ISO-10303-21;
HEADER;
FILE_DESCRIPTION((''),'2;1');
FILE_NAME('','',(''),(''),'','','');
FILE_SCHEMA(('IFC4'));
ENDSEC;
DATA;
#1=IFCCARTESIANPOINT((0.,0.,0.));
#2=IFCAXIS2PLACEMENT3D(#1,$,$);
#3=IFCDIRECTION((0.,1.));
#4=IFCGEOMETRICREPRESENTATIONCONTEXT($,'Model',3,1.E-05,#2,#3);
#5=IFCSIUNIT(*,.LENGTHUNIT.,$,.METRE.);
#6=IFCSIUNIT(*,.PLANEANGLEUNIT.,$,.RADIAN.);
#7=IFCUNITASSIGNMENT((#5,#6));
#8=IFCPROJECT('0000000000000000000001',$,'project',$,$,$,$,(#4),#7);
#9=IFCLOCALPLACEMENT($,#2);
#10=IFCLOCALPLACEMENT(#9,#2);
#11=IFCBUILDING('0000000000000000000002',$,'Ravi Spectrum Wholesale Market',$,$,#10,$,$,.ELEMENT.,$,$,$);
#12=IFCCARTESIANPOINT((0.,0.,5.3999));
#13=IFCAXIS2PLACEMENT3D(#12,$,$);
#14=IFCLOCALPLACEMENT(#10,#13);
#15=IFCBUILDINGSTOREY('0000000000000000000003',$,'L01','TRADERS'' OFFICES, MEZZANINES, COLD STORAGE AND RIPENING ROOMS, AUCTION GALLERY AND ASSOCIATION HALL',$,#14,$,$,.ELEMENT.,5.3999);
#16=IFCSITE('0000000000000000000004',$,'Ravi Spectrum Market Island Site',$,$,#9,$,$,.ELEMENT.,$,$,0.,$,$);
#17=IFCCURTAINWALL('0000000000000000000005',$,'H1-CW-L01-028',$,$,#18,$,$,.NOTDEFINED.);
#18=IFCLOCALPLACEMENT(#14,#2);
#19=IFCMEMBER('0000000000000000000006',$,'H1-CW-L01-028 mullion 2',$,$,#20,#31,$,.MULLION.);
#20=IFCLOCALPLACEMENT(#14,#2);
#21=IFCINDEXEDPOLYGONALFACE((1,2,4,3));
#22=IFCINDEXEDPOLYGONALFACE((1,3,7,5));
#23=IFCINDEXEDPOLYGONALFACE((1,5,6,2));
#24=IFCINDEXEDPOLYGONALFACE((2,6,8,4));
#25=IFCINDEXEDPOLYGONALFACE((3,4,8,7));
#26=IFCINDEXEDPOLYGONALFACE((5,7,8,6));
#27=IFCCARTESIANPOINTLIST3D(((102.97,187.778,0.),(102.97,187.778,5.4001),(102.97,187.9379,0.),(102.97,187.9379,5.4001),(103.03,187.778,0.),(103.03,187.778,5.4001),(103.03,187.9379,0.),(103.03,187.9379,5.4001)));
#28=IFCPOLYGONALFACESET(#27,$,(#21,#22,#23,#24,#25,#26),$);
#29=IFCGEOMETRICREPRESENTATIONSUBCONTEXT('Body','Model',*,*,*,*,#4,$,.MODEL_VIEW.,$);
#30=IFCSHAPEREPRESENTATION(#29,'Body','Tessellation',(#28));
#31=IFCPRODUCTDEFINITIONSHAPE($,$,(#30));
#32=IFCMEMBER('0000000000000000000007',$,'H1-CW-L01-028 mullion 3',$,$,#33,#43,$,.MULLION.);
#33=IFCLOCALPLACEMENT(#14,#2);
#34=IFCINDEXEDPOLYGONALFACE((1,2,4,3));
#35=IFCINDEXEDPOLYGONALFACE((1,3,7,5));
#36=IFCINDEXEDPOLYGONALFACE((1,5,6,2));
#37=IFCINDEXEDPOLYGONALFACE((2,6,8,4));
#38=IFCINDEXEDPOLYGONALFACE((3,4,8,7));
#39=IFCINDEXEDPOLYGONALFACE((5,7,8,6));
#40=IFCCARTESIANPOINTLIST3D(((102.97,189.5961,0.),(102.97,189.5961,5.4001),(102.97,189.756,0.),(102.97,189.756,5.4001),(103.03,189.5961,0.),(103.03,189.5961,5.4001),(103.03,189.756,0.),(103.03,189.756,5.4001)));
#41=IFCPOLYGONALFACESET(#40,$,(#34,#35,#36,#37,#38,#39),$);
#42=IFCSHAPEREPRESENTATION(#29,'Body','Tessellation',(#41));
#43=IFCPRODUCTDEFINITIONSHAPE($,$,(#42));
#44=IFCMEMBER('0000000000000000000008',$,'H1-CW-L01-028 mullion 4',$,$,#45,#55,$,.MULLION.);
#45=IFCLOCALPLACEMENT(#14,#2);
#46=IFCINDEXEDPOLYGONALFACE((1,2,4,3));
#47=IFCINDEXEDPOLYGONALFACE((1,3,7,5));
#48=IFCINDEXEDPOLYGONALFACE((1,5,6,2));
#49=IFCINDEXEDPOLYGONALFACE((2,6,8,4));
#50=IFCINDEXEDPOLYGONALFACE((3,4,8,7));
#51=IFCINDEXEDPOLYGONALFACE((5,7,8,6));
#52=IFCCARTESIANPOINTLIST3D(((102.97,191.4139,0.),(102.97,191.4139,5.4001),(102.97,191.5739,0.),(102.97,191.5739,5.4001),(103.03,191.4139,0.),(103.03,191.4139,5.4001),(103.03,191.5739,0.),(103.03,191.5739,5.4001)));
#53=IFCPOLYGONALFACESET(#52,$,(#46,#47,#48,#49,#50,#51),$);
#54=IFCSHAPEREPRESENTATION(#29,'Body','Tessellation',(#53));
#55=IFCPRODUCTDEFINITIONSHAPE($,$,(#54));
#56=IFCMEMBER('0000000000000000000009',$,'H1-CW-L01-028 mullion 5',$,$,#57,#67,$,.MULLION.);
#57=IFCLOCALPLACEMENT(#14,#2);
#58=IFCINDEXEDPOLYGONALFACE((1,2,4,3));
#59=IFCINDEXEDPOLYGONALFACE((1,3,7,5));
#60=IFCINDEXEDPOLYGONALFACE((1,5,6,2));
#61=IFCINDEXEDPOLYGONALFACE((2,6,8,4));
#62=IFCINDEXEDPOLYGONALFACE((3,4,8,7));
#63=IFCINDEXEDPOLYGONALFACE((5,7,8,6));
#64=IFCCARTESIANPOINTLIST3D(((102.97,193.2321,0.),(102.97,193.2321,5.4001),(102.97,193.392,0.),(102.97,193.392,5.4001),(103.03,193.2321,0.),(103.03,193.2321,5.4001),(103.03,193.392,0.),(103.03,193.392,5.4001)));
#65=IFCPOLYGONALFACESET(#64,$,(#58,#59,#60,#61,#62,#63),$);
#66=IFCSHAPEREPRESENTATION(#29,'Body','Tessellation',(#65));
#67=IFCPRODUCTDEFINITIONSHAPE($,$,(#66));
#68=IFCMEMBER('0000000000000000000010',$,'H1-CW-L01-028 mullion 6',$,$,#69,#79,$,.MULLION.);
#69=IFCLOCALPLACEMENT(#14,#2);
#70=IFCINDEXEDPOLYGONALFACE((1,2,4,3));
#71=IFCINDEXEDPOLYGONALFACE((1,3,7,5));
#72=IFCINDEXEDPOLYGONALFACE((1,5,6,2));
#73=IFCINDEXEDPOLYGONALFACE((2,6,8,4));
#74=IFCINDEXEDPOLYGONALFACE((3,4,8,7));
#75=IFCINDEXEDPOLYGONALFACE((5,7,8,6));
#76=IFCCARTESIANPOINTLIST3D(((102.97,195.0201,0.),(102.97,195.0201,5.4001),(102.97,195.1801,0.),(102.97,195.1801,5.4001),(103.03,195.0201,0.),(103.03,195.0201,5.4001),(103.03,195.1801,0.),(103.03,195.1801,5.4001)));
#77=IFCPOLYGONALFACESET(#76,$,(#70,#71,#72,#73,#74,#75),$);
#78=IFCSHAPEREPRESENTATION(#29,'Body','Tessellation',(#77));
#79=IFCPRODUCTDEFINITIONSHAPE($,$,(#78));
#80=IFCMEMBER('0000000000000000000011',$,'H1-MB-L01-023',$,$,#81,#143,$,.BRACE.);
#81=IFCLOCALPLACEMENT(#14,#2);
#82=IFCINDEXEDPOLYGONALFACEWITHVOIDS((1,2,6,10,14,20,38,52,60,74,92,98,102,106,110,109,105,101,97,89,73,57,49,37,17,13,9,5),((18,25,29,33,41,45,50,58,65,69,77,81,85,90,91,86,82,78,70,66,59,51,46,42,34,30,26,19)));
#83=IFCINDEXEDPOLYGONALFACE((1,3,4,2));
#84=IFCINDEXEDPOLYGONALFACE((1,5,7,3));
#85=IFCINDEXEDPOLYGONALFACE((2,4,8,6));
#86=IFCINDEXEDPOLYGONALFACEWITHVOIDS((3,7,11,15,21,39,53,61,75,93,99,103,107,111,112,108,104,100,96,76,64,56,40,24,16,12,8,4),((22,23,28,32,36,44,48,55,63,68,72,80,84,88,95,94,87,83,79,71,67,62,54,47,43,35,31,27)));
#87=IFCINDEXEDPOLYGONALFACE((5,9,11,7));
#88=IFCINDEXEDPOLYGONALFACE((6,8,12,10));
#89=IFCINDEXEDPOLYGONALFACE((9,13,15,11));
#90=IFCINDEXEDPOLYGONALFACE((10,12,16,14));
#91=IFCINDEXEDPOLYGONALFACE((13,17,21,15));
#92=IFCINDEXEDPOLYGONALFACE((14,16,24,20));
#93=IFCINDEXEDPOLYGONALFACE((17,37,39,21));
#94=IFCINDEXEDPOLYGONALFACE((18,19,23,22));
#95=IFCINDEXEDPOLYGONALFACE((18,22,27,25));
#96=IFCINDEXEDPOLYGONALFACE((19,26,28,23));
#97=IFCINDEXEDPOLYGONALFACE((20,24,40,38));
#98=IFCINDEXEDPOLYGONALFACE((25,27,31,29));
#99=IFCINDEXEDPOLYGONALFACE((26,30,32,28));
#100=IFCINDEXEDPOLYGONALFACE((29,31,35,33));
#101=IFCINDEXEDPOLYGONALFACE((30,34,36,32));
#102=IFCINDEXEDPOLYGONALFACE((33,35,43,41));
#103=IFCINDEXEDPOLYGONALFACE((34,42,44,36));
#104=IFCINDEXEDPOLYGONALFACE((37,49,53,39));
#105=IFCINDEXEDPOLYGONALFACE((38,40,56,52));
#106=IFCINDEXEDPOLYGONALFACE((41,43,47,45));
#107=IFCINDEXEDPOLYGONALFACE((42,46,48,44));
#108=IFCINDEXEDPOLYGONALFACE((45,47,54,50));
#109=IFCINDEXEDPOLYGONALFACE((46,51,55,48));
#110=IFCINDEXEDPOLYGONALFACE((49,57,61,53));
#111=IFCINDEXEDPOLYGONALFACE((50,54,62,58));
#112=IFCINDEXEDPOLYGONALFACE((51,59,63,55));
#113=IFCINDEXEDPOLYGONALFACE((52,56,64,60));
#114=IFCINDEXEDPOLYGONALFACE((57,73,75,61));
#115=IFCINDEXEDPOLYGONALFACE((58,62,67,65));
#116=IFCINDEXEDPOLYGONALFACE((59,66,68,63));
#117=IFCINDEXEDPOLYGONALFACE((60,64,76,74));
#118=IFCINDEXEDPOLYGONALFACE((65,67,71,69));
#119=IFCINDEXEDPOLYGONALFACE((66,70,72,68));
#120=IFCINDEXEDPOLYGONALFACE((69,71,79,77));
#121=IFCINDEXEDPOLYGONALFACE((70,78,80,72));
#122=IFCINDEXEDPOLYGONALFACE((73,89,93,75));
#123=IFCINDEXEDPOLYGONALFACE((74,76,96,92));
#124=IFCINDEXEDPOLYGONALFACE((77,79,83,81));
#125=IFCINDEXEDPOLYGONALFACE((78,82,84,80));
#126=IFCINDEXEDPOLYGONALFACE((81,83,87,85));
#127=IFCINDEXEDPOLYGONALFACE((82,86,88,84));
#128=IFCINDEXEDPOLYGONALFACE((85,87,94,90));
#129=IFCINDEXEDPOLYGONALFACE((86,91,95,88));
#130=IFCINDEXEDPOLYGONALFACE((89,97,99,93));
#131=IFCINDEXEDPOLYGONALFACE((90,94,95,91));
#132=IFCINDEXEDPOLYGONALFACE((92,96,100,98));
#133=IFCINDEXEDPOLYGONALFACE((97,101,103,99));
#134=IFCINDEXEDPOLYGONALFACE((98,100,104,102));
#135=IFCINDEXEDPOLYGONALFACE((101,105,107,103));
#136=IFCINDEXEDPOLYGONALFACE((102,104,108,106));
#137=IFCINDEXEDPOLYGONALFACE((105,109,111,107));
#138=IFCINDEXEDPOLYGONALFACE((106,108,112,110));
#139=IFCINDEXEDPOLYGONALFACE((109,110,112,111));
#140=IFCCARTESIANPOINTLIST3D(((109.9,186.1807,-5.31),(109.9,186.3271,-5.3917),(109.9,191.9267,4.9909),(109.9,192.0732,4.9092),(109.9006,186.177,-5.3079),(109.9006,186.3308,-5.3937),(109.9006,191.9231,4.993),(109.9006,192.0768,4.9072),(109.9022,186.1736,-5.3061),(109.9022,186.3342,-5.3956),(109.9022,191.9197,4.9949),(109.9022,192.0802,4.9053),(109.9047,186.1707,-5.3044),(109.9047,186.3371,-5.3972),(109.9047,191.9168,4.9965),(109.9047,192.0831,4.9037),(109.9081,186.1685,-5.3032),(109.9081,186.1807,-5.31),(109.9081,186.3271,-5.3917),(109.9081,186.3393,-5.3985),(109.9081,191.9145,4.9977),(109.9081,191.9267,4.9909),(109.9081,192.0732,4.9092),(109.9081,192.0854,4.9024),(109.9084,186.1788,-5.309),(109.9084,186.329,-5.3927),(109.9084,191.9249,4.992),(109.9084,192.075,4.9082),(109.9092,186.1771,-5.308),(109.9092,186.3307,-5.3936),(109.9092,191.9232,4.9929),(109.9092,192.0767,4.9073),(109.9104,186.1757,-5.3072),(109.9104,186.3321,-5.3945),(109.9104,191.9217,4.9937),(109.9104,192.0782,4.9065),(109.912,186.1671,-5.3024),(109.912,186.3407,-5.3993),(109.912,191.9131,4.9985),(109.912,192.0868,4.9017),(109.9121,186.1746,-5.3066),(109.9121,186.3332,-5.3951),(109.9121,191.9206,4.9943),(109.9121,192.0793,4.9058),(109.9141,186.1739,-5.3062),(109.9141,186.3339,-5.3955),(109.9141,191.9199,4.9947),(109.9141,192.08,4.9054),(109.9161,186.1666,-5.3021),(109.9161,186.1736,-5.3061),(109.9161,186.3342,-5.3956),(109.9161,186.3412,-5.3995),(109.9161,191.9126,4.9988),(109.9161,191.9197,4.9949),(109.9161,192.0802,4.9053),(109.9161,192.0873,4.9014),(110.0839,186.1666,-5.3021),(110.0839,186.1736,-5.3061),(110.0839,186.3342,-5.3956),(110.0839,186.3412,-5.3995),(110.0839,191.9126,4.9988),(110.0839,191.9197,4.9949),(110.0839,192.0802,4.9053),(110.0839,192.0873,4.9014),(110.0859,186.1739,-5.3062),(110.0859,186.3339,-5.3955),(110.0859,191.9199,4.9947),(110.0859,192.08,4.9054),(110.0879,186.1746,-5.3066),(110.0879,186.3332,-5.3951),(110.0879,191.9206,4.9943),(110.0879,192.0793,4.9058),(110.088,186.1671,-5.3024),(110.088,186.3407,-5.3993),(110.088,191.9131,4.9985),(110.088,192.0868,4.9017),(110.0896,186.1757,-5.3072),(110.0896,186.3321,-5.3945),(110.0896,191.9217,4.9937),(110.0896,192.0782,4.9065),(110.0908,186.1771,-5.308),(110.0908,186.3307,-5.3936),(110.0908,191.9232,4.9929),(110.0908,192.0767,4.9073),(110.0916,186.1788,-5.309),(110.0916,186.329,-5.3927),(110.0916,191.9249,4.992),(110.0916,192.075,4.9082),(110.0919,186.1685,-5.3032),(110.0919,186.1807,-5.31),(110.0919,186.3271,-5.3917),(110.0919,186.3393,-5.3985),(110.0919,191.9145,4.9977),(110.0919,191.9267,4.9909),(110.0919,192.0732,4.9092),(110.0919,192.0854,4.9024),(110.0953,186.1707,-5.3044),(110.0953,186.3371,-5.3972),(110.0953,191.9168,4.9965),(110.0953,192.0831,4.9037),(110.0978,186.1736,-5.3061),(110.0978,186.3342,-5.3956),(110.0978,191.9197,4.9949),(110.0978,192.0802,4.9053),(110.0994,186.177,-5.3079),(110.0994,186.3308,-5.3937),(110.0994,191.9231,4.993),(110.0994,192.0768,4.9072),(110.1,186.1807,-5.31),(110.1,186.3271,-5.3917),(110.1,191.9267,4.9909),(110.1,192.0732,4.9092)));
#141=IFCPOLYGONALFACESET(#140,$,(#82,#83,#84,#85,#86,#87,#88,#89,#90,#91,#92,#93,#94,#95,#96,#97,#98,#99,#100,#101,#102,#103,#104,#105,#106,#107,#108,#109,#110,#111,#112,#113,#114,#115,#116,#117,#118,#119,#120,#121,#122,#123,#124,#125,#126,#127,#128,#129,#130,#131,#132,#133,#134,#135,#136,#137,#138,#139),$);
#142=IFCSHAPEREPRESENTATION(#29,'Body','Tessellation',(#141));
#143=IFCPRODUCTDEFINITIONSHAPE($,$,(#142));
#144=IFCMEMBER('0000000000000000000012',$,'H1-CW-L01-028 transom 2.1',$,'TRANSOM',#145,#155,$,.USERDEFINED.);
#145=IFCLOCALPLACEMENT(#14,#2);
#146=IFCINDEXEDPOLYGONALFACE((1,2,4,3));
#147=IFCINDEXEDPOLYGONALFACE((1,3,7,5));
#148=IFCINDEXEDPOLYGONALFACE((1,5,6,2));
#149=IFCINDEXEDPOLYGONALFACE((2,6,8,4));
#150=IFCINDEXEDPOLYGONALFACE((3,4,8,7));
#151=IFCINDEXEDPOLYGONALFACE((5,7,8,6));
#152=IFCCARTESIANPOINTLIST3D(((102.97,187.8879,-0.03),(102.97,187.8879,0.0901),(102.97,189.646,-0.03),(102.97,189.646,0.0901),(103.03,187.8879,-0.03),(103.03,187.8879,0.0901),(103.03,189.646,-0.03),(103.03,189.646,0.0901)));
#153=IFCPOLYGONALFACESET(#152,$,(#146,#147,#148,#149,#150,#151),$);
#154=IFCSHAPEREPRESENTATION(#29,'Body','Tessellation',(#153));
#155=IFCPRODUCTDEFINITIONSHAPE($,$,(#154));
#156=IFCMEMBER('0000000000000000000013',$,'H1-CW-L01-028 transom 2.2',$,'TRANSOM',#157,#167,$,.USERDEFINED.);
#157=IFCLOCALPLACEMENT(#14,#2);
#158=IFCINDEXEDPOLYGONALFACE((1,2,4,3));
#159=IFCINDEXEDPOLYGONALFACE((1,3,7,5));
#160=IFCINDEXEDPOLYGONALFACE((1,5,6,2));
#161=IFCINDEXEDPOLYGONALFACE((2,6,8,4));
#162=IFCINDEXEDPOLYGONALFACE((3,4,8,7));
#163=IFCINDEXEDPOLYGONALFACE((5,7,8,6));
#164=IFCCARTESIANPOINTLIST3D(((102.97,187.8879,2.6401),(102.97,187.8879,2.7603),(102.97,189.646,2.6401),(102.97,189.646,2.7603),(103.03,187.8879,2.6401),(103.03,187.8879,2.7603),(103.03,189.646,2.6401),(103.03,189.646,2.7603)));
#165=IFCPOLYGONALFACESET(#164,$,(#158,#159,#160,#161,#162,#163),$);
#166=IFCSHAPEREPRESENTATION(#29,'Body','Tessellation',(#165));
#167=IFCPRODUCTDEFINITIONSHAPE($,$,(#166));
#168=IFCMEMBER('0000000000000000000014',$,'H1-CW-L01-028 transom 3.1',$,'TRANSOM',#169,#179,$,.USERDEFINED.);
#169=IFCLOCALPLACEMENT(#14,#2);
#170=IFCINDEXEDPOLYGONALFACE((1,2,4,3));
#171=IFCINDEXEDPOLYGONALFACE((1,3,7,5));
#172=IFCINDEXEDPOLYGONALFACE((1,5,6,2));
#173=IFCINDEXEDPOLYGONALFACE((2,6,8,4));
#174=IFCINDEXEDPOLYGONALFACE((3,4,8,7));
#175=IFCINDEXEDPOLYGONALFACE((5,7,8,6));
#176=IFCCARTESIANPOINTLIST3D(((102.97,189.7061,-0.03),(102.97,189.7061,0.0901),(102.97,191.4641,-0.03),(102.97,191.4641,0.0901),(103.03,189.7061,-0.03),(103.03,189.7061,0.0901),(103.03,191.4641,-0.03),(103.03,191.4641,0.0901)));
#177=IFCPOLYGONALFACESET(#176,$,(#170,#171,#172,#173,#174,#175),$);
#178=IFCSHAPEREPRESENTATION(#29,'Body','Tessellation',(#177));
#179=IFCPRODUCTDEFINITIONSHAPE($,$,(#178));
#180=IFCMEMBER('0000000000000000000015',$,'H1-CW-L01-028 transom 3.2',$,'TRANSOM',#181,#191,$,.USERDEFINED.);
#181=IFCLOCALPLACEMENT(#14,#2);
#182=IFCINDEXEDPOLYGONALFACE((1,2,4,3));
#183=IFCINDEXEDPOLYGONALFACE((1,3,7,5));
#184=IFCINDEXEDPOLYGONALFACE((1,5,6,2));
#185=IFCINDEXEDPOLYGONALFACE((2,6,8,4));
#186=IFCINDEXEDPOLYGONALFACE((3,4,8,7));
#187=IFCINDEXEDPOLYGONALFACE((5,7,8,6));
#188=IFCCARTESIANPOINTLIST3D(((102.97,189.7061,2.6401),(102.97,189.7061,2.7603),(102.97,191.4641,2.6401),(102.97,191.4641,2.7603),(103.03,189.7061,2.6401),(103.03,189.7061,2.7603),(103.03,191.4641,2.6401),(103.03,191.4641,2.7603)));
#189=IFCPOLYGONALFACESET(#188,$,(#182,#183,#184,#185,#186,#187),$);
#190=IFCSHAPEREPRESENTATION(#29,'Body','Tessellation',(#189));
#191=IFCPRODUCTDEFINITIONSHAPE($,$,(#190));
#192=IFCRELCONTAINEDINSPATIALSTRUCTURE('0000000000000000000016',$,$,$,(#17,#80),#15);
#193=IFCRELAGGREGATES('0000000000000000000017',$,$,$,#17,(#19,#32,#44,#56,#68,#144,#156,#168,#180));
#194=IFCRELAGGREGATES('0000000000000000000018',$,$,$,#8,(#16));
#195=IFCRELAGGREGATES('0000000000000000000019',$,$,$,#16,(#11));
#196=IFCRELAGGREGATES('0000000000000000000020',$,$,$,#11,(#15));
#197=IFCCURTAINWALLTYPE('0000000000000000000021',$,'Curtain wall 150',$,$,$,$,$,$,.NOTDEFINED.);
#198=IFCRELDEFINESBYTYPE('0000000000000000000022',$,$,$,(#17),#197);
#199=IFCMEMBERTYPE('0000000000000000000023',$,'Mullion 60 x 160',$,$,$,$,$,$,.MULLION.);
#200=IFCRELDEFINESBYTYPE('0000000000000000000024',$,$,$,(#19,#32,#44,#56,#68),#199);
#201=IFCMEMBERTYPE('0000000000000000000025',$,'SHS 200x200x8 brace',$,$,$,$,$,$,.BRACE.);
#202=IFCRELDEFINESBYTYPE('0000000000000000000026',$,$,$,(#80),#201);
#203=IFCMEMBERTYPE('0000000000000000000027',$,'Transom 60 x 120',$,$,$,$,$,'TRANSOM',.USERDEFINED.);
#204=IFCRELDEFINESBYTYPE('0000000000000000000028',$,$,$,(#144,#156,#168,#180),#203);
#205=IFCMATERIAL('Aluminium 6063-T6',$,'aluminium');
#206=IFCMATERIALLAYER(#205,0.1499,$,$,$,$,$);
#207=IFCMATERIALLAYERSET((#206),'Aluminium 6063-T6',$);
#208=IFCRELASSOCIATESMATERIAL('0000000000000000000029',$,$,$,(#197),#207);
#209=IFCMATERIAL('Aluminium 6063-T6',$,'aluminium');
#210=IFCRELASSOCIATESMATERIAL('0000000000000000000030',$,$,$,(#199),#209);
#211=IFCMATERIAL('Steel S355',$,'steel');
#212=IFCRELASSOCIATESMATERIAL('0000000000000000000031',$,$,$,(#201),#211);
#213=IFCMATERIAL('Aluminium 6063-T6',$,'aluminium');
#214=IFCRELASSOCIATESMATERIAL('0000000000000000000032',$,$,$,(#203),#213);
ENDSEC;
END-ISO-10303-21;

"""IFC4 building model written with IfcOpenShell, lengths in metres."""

from ifc_helpers import new_model, si_unit, direction, frame, origin, origin_2d, place, context, subcontext, project, spatial, rectangle, hollow_rectangle, extrude, material, layer, layer_set, material_profile, profile_set, type_object, element, aggregate, save


model = new_model("IFC4")

# Units and contexts
model_context = context("Model", 3, precision=1e-05, world=origin(), true_north=direction((0.0, 1.0)))
body_context = subcontext(model_context, "Body", "Model", "MODEL_VIEW")
ifc_project = project(units=[si_unit("LENGTHUNIT", "METRE"), si_unit("PLANEANGLEUNIT", "RADIAN")], contexts=[model_context])

# Site, building, storey
site_placement = place(None, origin())
site = spatial("IfcSite", under=ifc_project, at=site_placement, Name="Ravi Spectrum Market Island Site", CompositionType="ELEMENT", RefElevation=0.0)
building_placement = place(site_placement, origin())
building = spatial("IfcBuilding", under=site, at=building_placement, Name="Ravi Spectrum Wholesale Market", CompositionType="ELEMENT")
storey_placement = place(building_placement, frame((0.0, 0.0, 5.3999)))
storey = spatial("IfcBuildingStorey", under=building, at=storey_placement, Name="L01", Description="TRADERS' OFFICES, MEZZANINES, COLD STORAGE AND RIPENING ROOMS, AUCTION GALLERY AND ASSOCIATION HALL", CompositionType="ELEMENT", Elevation=5.3999)

# Curtain wall, members
ifc_material_1 = material(Name="Aluminium 6063-T6", Category="aluminium")
ifc_layer_1 = layer(ifc_material_1, 0.1499)
ifc_layer_set_1 = layer_set([ifc_layer_1], Name="Aluminium 6063-T6")
curtain_wall_type = type_object("IfcCurtainWallType", Name="Curtain wall 150", PredefinedType="NOTDEFINED", material=ifc_layer_set_1)
curtain_wall_1_placement = place(storey_placement, origin())
curtain_wall_1 = element("IfcCurtainWall", 1, at=curtain_wall_1_placement, inside=storey, type_object=curtain_wall_type, Name="H1-CW-L01-028", PredefinedType="NOTDEFINED")
ifc_material_2 = material(Name="Aluminium 6063-T6", Category="aluminium")
ifc_material_profile_1 = material_profile(ifc_material_2, rectangle(XDim=0.0601, YDim=0.1599, at=origin_2d()))
ifc_profile_set_1 = profile_set([ifc_material_profile_1], Name="Aluminium 6063-T6")
member_type_1 = type_object("IfcMemberType", Name="Mullion 60 x 160", PredefinedType="MULLION", material=ifc_profile_set_1)
member_1_placement = place(storey_placement, frame((103.0, 187.8579, 0.0), z_axis=(0.0, 0.0, 1.0), x_axis=(-1.0, 0.0, 0.0)))
member_1 = element("IfcMember", 2, at=member_1_placement, type_object=member_type_1, Name="H1-CW-L01-028 mullion 2", PredefinedType="MULLION", context=body_context, shape_type="SweptSolid", body=[
    extrude(rectangle(XDim=0.0601, YDim=0.1599, at=origin_2d()), origin(), (0.0, 0.0, 1.0), 5.4001),
])
member_2_placement = place(storey_placement, frame((103.0, 189.676, 0.0), z_axis=(0.0, 0.0, 1.0), x_axis=(-1.0, 0.0, 0.0)))
member_2 = element("IfcMember", 3, at=member_2_placement, type_object=member_type_1, Name="H1-CW-L01-028 mullion 3", PredefinedType="MULLION", context=body_context, shape_type="SweptSolid", body=[
    extrude(rectangle(XDim=0.0601, YDim=0.1599, at=origin_2d()), origin(), (0.0, 0.0, 1.0), 5.4001),
])
member_3_placement = place(storey_placement, frame((103.0, 191.4939, 0.0), z_axis=(0.0, 0.0, 1.0), x_axis=(-1.0, 0.0, 0.0)))
member_3 = element("IfcMember", 4, at=member_3_placement, type_object=member_type_1, Name="H1-CW-L01-028 mullion 4", PredefinedType="MULLION", context=body_context, shape_type="SweptSolid", body=[
    extrude(rectangle(XDim=0.0601, YDim=0.1599, at=origin_2d()), origin(), (0.0, 0.0, 1.0), 5.4001),
])
member_4_placement = place(storey_placement, frame((103.0, 193.312, 0.0), z_axis=(0.0, 0.0, 1.0), x_axis=(-1.0, 0.0, 0.0)))
member_4 = element("IfcMember", 5, at=member_4_placement, type_object=member_type_1, Name="H1-CW-L01-028 mullion 5", PredefinedType="MULLION", context=body_context, shape_type="SweptSolid", body=[
    extrude(rectangle(XDim=0.0601, YDim=0.1599, at=origin_2d()), origin(), (0.0, 0.0, 1.0), 5.4001),
])
member_5_placement = place(storey_placement, frame((103.0, 195.1001, 0.0), z_axis=(0.0, 0.0, 1.0), x_axis=(-1.0, 0.0, 0.0)))
member_5 = element("IfcMember", 6, at=member_5_placement, type_object=member_type_1, Name="H1-CW-L01-028 mullion 6", PredefinedType="MULLION", context=body_context, shape_type="SweptSolid", body=[
    extrude(rectangle(XDim=0.0601, YDim=0.1599, at=origin_2d()), origin(), (0.0, 0.0, 1.0), 5.4001),
])

# Members
ifc_material_3 = material(Name="Steel S355", Category="steel")
ifc_material_profile_2 = material_profile(ifc_material_3, hollow_rectangle(XDim=0.2, YDim=0.2, WallThickness=0.0081, InnerFilletRadius=0.0081, OuterFilletRadius=0.0161, at=origin_2d()))
ifc_profile_set_2 = profile_set([ifc_material_profile_2], Name="Steel S355")
member_type_2 = type_object("IfcMemberType", Name="SHS 200x200x8 brace", PredefinedType="BRACE", material=ifc_profile_set_2)
member_6_placement = place(storey_placement, frame((110.0, 186.2539, -5.3508), z_axis=(0.0, 0.487152, 0.873317), x_axis=(-1.0, 0.0, 0.0)))
element("IfcMember", 7, at=member_6_placement, inside=storey, type_object=member_type_2, Name="H1-MB-L01-023", PredefinedType="BRACE", context=body_context, shape_type="SweptSolid", body=[
    extrude(hollow_rectangle(XDim=0.2, YDim=0.2, WallThickness=0.0081, InnerFilletRadius=0.0081, OuterFilletRadius=0.0161, at=origin_2d()), origin(), (0.0, 0.0, 1.0), 11.7952),
])
ifc_material_4 = material(Name="Aluminium 6063-T6", Category="aluminium")
ifc_material_profile_3 = material_profile(ifc_material_4, rectangle(XDim=0.0601, YDim=0.1201, at=origin_2d()))
ifc_profile_set_3 = profile_set([ifc_material_profile_3], Name="Aluminium 6063-T6")
member_type_3 = type_object("IfcMemberType", Name="Transom 60 x 120", ElementType="TRANSOM", PredefinedType="USERDEFINED", material=ifc_profile_set_3)
member_7_placement = place(storey_placement, frame((103.0, 187.8879, 0.03), z_axis=(0.0, 1.0, 0.0), x_axis=(-1.0, 0.0, 0.0)))
member_7 = element("IfcMember", 8, at=member_7_placement, type_object=member_type_3, Name="H1-CW-L01-028 transom 2.1", ObjectType="TRANSOM", PredefinedType="USERDEFINED", context=body_context, shape_type="SweptSolid", body=[
    extrude(rectangle(XDim=0.0601, YDim=0.1201, at=origin_2d()), origin(), (0.0, 0.0, 1.0), 1.7581),
])
member_8_placement = place(storey_placement, frame((103.0, 187.8879, 2.7002), z_axis=(0.0, 1.0, 0.0), x_axis=(-1.0, 0.0, 0.0)))
member_8 = element("IfcMember", 9, at=member_8_placement, type_object=member_type_3, Name="H1-CW-L01-028 transom 2.2", ObjectType="TRANSOM", PredefinedType="USERDEFINED", context=body_context, shape_type="SweptSolid", body=[
    extrude(rectangle(XDim=0.0601, YDim=0.1201, at=origin_2d()), origin(), (0.0, 0.0, 1.0), 1.7581),
])
member_9_placement = place(storey_placement, frame((103.0, 189.7061, 0.03), z_axis=(0.0, 1.0, 0.0), x_axis=(-1.0, 0.0, 0.0)))
member_9 = element("IfcMember", 10, at=member_9_placement, type_object=member_type_3, Name="H1-CW-L01-028 transom 3.1", ObjectType="TRANSOM", PredefinedType="USERDEFINED", context=body_context, shape_type="SweptSolid", body=[
    extrude(rectangle(XDim=0.0601, YDim=0.1201, at=origin_2d()), origin(), (0.0, 0.0, 1.0), 1.7581),
])
member_10_placement = place(storey_placement, frame((103.0, 189.7061, 2.7002), z_axis=(0.0, 1.0, 0.0), x_axis=(-1.0, 0.0, 0.0)))
member_10 = element("IfcMember", 11, at=member_10_placement, type_object=member_type_3, Name="H1-CW-L01-028 transom 3.2", ObjectType="TRANSOM", PredefinedType="USERDEFINED", context=body_context, shape_type="SweptSolid", body=[
    extrude(rectangle(XDim=0.0601, YDim=0.1201, at=origin_2d()), origin(), (0.0, 0.0, 1.0), 1.7581),
])

aggregate(curtain_wall_1, [member_1, member_2, member_3, member_4, member_5, member_7, member_8, member_9, member_10])

save(model, "model.ifc")
